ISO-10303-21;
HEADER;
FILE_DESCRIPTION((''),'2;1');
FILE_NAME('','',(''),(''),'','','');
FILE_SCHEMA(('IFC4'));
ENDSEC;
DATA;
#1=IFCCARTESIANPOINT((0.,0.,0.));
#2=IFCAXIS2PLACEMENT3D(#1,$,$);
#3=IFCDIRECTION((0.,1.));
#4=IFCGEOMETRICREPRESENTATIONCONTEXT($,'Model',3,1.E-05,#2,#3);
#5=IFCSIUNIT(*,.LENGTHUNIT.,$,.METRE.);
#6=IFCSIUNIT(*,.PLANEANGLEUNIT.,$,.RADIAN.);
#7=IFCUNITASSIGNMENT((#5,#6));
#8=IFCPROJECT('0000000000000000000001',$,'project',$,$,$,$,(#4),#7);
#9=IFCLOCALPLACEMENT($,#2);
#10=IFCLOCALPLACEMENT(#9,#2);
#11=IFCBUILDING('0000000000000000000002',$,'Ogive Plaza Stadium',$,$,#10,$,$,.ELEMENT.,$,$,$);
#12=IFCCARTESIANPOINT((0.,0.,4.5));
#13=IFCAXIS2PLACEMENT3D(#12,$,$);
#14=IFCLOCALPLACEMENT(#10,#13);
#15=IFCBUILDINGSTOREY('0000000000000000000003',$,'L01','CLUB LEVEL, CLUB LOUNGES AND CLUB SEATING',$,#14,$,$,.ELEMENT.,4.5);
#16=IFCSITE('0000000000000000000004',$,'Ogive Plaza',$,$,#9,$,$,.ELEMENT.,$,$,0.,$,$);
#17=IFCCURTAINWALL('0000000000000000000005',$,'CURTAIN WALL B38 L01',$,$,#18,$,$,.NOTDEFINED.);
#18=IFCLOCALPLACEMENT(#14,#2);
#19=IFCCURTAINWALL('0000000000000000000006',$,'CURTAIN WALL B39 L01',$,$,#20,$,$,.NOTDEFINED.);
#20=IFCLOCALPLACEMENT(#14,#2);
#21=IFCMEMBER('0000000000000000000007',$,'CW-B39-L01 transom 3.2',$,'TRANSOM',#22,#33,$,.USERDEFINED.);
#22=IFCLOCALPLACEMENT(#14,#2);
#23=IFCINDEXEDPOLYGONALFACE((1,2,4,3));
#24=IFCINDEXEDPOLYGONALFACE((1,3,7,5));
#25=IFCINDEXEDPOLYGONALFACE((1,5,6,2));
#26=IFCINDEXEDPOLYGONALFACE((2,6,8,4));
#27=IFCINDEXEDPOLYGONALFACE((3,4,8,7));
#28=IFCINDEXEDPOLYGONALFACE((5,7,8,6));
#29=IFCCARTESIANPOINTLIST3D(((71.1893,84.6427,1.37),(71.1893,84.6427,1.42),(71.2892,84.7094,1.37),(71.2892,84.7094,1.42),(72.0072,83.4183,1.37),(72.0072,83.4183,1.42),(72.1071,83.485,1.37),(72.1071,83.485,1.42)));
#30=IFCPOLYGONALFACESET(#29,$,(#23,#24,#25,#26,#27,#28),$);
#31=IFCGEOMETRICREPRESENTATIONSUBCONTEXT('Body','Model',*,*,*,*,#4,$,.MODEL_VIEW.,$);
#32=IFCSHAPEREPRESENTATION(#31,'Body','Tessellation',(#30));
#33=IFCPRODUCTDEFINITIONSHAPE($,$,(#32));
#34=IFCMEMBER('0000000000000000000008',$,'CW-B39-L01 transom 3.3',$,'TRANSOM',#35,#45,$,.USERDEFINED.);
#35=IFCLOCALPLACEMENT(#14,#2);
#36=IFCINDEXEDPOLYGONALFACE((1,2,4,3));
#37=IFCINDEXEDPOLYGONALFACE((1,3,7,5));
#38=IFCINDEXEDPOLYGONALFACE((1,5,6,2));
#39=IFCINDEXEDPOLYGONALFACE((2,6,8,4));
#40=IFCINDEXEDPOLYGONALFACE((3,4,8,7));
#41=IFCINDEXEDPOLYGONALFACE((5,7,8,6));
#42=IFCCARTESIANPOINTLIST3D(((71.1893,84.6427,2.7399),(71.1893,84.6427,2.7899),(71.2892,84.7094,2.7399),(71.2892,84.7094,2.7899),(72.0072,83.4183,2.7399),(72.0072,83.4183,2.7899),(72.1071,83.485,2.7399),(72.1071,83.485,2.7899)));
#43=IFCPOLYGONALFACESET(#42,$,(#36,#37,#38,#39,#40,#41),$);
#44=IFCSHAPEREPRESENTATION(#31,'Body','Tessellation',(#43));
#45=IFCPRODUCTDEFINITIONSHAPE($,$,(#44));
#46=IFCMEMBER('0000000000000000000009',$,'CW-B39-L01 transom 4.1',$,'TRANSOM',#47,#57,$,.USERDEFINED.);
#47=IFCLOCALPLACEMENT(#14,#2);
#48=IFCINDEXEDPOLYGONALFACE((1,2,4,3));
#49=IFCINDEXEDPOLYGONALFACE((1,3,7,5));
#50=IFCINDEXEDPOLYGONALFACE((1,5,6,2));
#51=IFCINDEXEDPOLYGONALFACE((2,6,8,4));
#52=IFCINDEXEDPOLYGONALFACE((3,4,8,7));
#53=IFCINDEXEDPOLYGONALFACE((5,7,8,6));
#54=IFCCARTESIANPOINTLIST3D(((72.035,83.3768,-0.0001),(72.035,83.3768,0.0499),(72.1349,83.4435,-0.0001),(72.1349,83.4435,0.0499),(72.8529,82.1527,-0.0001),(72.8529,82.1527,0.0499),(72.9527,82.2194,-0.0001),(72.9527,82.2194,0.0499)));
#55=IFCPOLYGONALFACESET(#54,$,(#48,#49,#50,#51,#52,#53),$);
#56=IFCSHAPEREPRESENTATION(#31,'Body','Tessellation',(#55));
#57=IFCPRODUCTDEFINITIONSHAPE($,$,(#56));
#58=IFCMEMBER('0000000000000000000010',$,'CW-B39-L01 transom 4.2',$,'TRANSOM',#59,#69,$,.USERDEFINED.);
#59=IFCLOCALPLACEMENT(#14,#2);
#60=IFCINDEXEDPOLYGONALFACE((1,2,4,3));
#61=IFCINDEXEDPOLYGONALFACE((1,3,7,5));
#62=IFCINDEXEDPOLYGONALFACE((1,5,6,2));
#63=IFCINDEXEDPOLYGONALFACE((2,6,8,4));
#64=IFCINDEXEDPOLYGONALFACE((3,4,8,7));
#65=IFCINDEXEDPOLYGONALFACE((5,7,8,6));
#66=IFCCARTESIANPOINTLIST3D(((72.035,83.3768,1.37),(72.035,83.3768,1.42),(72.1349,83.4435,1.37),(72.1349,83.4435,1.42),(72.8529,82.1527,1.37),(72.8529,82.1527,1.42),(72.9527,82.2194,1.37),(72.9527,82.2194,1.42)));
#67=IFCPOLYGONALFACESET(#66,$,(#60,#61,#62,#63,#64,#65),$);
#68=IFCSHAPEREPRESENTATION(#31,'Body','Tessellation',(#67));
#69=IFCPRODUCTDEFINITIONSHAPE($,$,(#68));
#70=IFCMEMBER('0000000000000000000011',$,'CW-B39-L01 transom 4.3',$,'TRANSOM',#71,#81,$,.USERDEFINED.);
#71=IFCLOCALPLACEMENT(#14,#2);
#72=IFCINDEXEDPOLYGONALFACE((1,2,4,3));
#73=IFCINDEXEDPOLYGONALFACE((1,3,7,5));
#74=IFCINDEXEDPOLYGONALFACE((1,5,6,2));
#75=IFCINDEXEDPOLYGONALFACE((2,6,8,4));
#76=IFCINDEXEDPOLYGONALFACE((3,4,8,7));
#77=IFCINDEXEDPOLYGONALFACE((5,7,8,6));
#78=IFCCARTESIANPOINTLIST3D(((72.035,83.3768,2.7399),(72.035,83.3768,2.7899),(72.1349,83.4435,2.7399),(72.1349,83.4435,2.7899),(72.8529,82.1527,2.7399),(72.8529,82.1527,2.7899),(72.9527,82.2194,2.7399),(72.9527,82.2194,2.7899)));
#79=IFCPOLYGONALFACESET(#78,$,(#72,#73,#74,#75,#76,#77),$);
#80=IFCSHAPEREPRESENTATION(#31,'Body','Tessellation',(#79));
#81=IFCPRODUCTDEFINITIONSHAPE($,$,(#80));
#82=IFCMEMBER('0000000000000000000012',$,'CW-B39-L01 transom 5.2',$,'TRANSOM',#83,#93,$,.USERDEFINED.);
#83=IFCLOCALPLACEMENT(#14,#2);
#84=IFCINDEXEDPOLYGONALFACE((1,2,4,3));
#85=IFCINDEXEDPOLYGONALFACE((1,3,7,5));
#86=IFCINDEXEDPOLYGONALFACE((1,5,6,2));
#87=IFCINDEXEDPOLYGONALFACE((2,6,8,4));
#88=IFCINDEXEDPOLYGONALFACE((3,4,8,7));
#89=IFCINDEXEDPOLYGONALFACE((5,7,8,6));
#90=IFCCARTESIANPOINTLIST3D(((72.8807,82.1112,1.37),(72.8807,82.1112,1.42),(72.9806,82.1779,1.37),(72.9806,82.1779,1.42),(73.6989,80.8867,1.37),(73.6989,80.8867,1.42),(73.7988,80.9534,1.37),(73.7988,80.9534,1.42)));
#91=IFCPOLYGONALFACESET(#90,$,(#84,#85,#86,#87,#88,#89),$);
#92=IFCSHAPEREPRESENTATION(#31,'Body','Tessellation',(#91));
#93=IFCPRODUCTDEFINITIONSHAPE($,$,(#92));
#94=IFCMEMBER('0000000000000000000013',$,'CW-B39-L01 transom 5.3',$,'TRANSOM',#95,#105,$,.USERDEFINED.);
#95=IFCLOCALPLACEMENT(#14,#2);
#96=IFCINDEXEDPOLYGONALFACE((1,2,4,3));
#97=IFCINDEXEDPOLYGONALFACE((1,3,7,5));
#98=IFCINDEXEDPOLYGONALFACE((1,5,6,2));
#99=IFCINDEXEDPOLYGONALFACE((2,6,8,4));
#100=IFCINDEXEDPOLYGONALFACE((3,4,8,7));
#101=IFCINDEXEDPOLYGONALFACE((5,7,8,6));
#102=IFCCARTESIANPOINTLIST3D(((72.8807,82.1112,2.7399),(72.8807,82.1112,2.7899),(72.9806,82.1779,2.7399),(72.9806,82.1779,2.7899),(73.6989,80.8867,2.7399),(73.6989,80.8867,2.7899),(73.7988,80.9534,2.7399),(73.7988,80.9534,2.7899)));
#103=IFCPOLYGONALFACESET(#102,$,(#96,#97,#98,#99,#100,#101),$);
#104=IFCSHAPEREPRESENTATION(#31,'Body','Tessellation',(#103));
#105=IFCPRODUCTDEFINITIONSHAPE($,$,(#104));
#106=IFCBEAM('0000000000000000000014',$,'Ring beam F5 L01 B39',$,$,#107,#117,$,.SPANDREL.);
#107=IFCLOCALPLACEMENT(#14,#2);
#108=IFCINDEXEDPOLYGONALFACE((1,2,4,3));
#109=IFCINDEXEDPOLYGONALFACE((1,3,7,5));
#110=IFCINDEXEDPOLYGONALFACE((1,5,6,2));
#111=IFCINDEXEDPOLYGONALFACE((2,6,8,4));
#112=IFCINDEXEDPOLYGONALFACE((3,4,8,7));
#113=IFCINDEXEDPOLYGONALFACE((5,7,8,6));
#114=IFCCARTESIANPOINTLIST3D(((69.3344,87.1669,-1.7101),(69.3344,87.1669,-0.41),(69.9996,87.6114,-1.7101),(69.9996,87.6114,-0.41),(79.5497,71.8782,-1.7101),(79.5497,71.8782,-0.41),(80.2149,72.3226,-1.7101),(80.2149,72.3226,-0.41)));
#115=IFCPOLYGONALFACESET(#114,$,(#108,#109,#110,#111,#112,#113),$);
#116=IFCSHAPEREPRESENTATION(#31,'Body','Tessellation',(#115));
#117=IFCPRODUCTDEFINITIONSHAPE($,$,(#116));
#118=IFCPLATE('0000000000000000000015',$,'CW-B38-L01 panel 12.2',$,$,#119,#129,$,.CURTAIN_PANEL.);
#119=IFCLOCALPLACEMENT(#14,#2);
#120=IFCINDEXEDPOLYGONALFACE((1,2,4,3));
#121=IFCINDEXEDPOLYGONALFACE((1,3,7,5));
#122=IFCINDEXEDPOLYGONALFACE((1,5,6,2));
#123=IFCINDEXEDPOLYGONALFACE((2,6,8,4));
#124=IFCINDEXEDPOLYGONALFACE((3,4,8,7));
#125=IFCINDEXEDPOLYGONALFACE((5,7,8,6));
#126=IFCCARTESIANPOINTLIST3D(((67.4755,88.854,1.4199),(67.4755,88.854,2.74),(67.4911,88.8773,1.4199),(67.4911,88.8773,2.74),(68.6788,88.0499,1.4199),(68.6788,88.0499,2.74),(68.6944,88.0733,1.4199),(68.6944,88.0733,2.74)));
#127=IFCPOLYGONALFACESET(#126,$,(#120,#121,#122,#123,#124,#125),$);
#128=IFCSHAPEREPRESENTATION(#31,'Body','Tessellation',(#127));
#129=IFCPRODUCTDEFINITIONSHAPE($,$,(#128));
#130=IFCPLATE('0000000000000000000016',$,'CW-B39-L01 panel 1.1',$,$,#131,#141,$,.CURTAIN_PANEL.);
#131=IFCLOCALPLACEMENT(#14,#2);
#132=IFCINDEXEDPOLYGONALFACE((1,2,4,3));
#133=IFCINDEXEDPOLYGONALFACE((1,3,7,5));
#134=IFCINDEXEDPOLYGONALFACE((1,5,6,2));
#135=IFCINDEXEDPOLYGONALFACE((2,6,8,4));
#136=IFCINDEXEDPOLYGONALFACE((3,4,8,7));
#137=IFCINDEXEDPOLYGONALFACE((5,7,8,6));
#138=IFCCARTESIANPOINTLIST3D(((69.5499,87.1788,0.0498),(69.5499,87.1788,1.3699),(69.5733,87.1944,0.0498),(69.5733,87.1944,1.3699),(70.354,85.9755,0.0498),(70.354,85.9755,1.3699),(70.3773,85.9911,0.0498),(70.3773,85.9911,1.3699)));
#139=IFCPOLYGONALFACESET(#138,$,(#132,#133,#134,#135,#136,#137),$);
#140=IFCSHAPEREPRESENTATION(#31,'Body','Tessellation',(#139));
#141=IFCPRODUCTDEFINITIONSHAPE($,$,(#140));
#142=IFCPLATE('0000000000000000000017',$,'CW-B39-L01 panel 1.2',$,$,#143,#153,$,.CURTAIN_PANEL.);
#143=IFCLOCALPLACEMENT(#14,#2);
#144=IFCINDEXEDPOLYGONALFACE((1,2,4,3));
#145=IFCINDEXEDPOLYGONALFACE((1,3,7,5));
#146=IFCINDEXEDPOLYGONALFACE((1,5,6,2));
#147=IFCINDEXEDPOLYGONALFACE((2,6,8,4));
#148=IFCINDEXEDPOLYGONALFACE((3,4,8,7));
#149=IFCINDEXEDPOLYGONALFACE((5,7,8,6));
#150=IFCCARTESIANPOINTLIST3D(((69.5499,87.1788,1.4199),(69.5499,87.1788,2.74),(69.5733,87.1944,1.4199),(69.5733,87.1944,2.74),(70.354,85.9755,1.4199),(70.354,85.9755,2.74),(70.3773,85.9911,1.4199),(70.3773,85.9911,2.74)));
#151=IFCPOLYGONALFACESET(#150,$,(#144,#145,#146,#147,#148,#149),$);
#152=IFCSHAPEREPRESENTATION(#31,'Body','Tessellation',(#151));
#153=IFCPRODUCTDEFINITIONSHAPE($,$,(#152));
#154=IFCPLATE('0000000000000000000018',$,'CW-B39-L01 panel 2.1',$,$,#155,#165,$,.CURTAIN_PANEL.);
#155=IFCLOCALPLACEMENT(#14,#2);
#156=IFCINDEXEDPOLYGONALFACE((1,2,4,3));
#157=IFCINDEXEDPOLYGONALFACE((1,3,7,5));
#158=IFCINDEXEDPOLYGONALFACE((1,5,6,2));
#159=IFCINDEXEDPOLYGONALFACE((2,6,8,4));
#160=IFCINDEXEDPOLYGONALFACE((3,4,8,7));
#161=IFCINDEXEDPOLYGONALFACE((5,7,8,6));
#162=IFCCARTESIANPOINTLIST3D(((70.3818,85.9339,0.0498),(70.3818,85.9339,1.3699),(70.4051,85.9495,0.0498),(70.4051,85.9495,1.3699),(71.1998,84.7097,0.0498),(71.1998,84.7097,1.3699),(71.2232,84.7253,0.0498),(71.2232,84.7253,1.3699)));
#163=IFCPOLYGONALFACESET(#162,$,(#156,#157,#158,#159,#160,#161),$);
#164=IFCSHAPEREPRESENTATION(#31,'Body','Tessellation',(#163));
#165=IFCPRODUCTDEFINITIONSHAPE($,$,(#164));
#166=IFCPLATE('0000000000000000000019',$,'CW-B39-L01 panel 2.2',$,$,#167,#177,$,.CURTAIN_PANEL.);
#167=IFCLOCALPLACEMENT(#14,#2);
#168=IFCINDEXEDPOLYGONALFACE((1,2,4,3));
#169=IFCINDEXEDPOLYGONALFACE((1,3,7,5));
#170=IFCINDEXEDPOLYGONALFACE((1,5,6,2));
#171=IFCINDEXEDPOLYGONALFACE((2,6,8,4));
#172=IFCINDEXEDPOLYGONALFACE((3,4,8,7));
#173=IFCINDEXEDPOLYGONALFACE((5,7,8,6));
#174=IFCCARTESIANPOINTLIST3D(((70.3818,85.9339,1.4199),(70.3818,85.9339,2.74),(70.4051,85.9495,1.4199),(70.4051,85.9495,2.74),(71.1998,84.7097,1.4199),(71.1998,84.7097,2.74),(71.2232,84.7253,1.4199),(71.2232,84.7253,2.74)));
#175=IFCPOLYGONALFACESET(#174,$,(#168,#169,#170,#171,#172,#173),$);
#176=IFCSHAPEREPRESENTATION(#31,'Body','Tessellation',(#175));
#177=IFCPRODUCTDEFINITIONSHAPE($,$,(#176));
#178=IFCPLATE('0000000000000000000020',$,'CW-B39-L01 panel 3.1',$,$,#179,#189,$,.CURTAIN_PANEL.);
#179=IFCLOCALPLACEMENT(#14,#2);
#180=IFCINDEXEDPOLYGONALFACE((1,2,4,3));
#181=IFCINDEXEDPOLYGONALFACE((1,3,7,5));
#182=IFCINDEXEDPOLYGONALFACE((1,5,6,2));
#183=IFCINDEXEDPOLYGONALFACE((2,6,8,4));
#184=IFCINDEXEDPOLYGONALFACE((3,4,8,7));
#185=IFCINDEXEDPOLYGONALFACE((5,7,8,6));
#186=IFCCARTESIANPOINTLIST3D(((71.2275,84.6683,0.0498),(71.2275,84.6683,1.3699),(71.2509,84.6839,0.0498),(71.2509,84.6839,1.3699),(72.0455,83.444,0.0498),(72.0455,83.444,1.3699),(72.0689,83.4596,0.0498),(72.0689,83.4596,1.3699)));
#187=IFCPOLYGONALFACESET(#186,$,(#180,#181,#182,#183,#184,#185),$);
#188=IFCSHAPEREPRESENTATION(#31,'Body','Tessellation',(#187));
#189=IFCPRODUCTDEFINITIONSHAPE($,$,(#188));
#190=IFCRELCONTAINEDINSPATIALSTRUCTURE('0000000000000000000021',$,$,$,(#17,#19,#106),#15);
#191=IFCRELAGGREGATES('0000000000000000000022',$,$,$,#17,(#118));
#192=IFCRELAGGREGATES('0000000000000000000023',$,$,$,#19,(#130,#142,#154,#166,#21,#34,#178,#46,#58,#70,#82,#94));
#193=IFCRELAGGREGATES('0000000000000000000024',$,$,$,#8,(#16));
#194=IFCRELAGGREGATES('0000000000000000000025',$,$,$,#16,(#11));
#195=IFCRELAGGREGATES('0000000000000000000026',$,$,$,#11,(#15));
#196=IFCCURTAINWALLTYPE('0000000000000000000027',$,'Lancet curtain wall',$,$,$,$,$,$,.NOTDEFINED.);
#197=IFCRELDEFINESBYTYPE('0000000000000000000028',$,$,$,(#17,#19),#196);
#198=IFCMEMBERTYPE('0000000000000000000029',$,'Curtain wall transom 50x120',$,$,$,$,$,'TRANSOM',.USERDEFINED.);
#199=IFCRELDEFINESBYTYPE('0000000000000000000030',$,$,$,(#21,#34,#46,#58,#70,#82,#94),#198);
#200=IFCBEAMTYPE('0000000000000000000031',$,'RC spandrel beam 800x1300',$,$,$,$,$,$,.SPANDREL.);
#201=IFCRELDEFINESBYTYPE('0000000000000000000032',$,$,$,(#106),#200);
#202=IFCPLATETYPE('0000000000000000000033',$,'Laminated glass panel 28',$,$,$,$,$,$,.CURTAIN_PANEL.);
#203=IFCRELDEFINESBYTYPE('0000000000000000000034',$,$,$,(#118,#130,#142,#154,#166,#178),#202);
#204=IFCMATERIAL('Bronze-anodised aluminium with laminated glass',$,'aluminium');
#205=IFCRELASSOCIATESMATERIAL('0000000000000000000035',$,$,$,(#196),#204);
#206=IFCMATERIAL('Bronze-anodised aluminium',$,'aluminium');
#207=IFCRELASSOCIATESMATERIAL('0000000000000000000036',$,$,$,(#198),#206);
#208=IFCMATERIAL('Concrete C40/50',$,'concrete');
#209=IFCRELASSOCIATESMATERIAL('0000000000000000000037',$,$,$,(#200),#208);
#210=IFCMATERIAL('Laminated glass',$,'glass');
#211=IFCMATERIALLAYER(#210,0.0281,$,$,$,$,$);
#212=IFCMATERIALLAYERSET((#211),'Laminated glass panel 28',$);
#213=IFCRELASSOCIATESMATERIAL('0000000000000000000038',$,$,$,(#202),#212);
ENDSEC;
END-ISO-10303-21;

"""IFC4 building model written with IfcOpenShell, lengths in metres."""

from ifc_helpers import new_model, si_unit, direction, frame, origin, origin_2d, place, context, subcontext, project, spatial, rectangle, extrude, material, layer, layer_set, material_profile, profile_set, type_object, element, aggregate, save


model = new_model("IFC4")

# Units and contexts
model_context = context("Model", 3, precision=1e-05, world=origin(), true_north=direction((0.0, 1.0)))
body_context = subcontext(model_context, "Body", "Model", "MODEL_VIEW")
ifc_project = project(units=[si_unit("LENGTHUNIT", "METRE"), si_unit("PLANEANGLEUNIT", "RADIAN")], contexts=[model_context])

# Site, building, storey
site_placement = place(None, origin())
site = spatial("IfcSite", under=ifc_project, at=site_placement, Name="Ogive Plaza", CompositionType="ELEMENT", RefElevation=0.0)
building_placement = place(site_placement, origin())
building = spatial("IfcBuilding", under=site, at=building_placement, Name="Ogive Plaza Stadium", CompositionType="ELEMENT")
storey_placement = place(building_placement, frame((0.0, 0.0, 4.5)))
storey = spatial("IfcBuildingStorey", under=building, at=storey_placement, Name="L01", Description="CLUB LEVEL, CLUB LOUNGES AND CLUB SEATING", CompositionType="ELEMENT", Elevation=4.5)

# Curtain wall
ifc_material_1 = material(Name="Bronze-anodised aluminium with laminated glass", Category="aluminium")
curtain_wall_type = type_object("IfcCurtainWallType", Name="Lancet curtain wall", PredefinedType="NOTDEFINED", material=ifc_material_1)
curtain_wall_1_placement = place(storey_placement, origin())
curtain_wall_1 = element("IfcCurtainWall", 1, at=curtain_wall_1_placement, inside=storey, type_object=curtain_wall_type, Name="CURTAIN WALL B38 L01", PredefinedType="NOTDEFINED")

# Curtain wall, members
curtain_wall_2_placement = place(storey_placement, origin())
curtain_wall_2 = element("IfcCurtainWall", 2, at=curtain_wall_2_placement, inside=storey, type_object=curtain_wall_type, Name="CURTAIN WALL B39 L01", PredefinedType="NOTDEFINED")
ifc_material_2 = material(Name="Bronze-anodised aluminium", Category="aluminium")
ifc_material_profile_1 = material_profile(ifc_material_2, rectangle(XDim=0.1201, YDim=0.05, at=origin_2d()), Name="AL 120x50")
ifc_profile_set_1 = profile_set([ifc_material_profile_1], Name="Bronze-anodised aluminium")
member_type_1 = type_object("IfcMemberType", Name="Curtain wall transom 50x120", ElementType="TRANSOM", PredefinedType="USERDEFINED", material=ifc_profile_set_1)
member_1_placement = place(storey_placement, frame((71.2393, 84.676, 1.395), z_axis=(0.555465, -0.83154, 0.0), x_axis=(0.83154, 0.555465, 0.0)))
member_1 = element("IfcMember", 3, at=member_1_placement, type_object=member_type_1, Name="CW-B39-L01 transom 3.2", ObjectType="TRANSOM", PredefinedType="USERDEFINED", context=body_context, shape_type="SweptSolid", body=[
    extrude(rectangle(XDim=0.1201, YDim=0.05, at=origin_2d()), origin(), (0.0, 0.0, 1.0), 1.4724),
])
member_2_placement = place(storey_placement, frame((71.2393, 84.676, 2.7649), z_axis=(0.555465, -0.83154, 0.0), x_axis=(0.83154, 0.555465, 0.0)))
member_2 = element("IfcMember", 4, at=member_2_placement, type_object=member_type_1, Name="CW-B39-L01 transom 3.3", ObjectType="TRANSOM", PredefinedType="USERDEFINED", context=body_context, shape_type="SweptSolid", body=[
    extrude(rectangle(XDim=0.1201, YDim=0.05, at=origin_2d()), origin(), (0.0, 0.0, 1.0), 1.4724),
])
member_3_placement = place(storey_placement, frame((72.085, 83.4102, 0.0249), z_axis=(0.555542, -0.831489, 0.0), x_axis=(0.831489, 0.555542, 0.0)))
member_3 = element("IfcMember", 5, at=member_3_placement, type_object=member_type_1, Name="CW-B39-L01 transom 4.1", ObjectType="TRANSOM", PredefinedType="USERDEFINED", context=body_context, shape_type="SweptSolid", body=[
    extrude(rectangle(XDim=0.1201, YDim=0.05, at=origin_2d()), origin(), (0.0, 0.0, 1.0), 1.4722),
])
member_4_placement = place(storey_placement, frame((72.085, 83.4102, 1.395), z_axis=(0.555542, -0.831489, 0.0), x_axis=(0.831489, 0.555542, 0.0)))
member_4 = element("IfcMember", 6, at=member_4_placement, type_object=member_type_1, Name="CW-B39-L01 transom 4.2", ObjectType="TRANSOM", PredefinedType="USERDEFINED", context=body_context, shape_type="SweptSolid", body=[
    extrude(rectangle(XDim=0.1201, YDim=0.05, at=origin_2d()), origin(), (0.0, 0.0, 1.0), 1.4722),
])
member_5_placement = place(storey_placement, frame((72.085, 83.4102, 2.7649), z_axis=(0.555542, -0.831489, 0.0), x_axis=(0.831489, 0.555542, 0.0)))
member_5 = element("IfcMember", 7, at=member_5_placement, type_object=member_type_1, Name="CW-B39-L01 transom 4.3", ObjectType="TRANSOM", PredefinedType="USERDEFINED", context=body_context, shape_type="SweptSolid", body=[
    extrude(rectangle(XDim=0.1201, YDim=0.05, at=origin_2d()), origin(), (0.0, 0.0, 1.0), 1.4722),
])
member_6_placement = place(storey_placement, frame((72.9307, 82.1445, 1.395), z_axis=(0.55558, -0.831463, 0.0), x_axis=(0.831463, 0.55558, 0.0)))
member_6 = element("IfcMember", 8, at=member_6_placement, type_object=member_type_1, Name="CW-B39-L01 transom 5.2", ObjectType="TRANSOM", PredefinedType="USERDEFINED", context=body_context, shape_type="SweptSolid", body=[
    extrude(rectangle(XDim=0.1201, YDim=0.05, at=origin_2d()), origin(), (0.0, 0.0, 1.0), 1.4727),
])
member_7_placement = place(storey_placement, frame((72.9307, 82.1445, 2.7649), z_axis=(0.55558, -0.831463, 0.0), x_axis=(0.831463, 0.55558, 0.0)))
member_7 = element("IfcMember", 9, at=member_7_placement, type_object=member_type_1, Name="CW-B39-L01 transom 5.3", ObjectType="TRANSOM", PredefinedType="USERDEFINED", context=body_context, shape_type="SweptSolid", body=[
    extrude(rectangle(XDim=0.1201, YDim=0.05, at=origin_2d()), origin(), (0.0, 0.0, 1.0), 1.4727),
])

# Beam
ifc_material_3 = material(Name="Concrete C40/50", Category="concrete")
ifc_material_profile_2 = material_profile(ifc_material_3, rectangle(XDim=0.8, YDim=1.3, at=origin_2d()), Name="RC 800x1300")
ifc_profile_set_2 = profile_set([ifc_material_profile_2], Name="Concrete C40/50")
beam_type = type_object("IfcBeamType", Name="RC spandrel beam 800x1300", PredefinedType="SPANDREL", material=ifc_profile_set_2)
beam_placement = place(storey_placement, frame((69.667, 87.3892, -1.0601), z_axis=(0.555558, -0.831478, 0.0), x_axis=(0.831478, 0.555558, 0.0)))
element("IfcBeam", 10, at=beam_placement, inside=storey, type_object=beam_type, Name="Ring beam F5 L01 B39", PredefinedType="SPANDREL", context=body_context, shape_type="SweptSolid", body=[
    extrude(rectangle(XDim=0.8, YDim=1.3, at=origin_2d()), origin(), (0.0, 0.0, 1.0), 18.3875),
])

# Plates
ifc_material_4 = material(Name="Laminated glass", Category="glass")
ifc_layer_1 = layer(ifc_material_4, 0.0281)
ifc_layer_set_1 = layer_set([ifc_layer_1], Name="Laminated glass panel 28")
plate_type = type_object("IfcPlateType", Name="Laminated glass panel 28", PredefinedType="CURTAIN_PANEL", material=ifc_layer_set_1)
plate_1_placement = place(storey_placement, frame((68.085, 88.4636, 1.4199), z_axis=(0.0, 0.0, 1.0), x_axis=(0.83147, -0.55557, 0.0)))
plate_1 = element("IfcPlate", 11, at=plate_1_placement, type_object=plate_type, Name="CW-B38-L01 panel 12.2", PredefinedType="CURTAIN_PANEL", context=body_context, shape_type="SweptSolid", body=[
    extrude(rectangle(XDim=1.4473, YDim=0.0281, at=origin_2d()), origin(), (0.0, 0.0, 1.0), 1.3201),
])
aggregate(curtain_wall_1, [plate_1])
plate_2_placement = place(storey_placement, frame((69.9636, 86.585, 0.0498), z_axis=(0.0, 0.0, 1.0), x_axis=(0.55557, -0.83147, 0.0)))
plate_2 = element("IfcPlate", 12, at=plate_2_placement, type_object=plate_type, Name="CW-B39-L01 panel 1.1", PredefinedType="CURTAIN_PANEL", context=body_context, shape_type="SweptSolid", body=[
    extrude(rectangle(XDim=1.4473, YDim=0.0281, at=origin_2d()), origin(), (0.0, 0.0, 1.0), 1.3201),
])
plate_3_placement = place(storey_placement, frame((69.9636, 86.585, 1.4199), z_axis=(0.0, 0.0, 1.0), x_axis=(0.55557, -0.83147, 0.0)))
plate_3 = element("IfcPlate", 13, at=plate_3_placement, type_object=plate_type, Name="CW-B39-L01 panel 1.2", PredefinedType="CURTAIN_PANEL", context=body_context, shape_type="SweptSolid", body=[
    extrude(rectangle(XDim=1.4473, YDim=0.0281, at=origin_2d()), origin(), (0.0, 0.0, 1.0), 1.3201),
])
plate_4_placement = place(storey_placement, frame((70.8025, 85.3296, 0.0498), z_axis=(0.0, 0.0, 1.0), x_axis=(0.55557, -0.83147, 0.0)))
plate_4 = element("IfcPlate", 14, at=plate_4_placement, type_object=plate_type, Name="CW-B39-L01 panel 2.1", PredefinedType="CURTAIN_PANEL", context=body_context, shape_type="SweptSolid", body=[
    extrude(rectangle(XDim=1.4724, YDim=0.0281, at=origin_2d()), origin(), (0.0, 0.0, 1.0), 1.3201),
])
plate_5_placement = place(storey_placement, frame((70.8025, 85.3296, 1.4199), z_axis=(0.0, 0.0, 1.0), x_axis=(0.55557, -0.83147, 0.0)))
plate_5 = element("IfcPlate", 15, at=plate_5_placement, type_object=plate_type, Name="CW-B39-L01 panel 2.2", PredefinedType="CURTAIN_PANEL", context=body_context, shape_type="SweptSolid", body=[
    extrude(rectangle(XDim=1.4724, YDim=0.0281, at=origin_2d()), origin(), (0.0, 0.0, 1.0), 1.3201),
])
plate_6_placement = place(storey_placement, frame((71.6482, 84.064, 0.0498), z_axis=(0.0, 0.0, 1.0), x_axis=(0.55557, -0.83147, 0.0)))
plate_6 = element("IfcPlate", 16, at=plate_6_placement, type_object=plate_type, Name="CW-B39-L01 panel 3.1", PredefinedType="CURTAIN_PANEL", context=body_context, shape_type="SweptSolid", body=[
    extrude(rectangle(XDim=1.4724, YDim=0.0281, at=origin_2d()), origin(), (0.0, 0.0, 1.0), 1.3201),
])
aggregate(curtain_wall_2, [plate_2, plate_3, plate_4, plate_5, member_1, member_2, plate_6, member_3, member_4, member_5, member_6, member_7])

save(model, "model.ifc")
